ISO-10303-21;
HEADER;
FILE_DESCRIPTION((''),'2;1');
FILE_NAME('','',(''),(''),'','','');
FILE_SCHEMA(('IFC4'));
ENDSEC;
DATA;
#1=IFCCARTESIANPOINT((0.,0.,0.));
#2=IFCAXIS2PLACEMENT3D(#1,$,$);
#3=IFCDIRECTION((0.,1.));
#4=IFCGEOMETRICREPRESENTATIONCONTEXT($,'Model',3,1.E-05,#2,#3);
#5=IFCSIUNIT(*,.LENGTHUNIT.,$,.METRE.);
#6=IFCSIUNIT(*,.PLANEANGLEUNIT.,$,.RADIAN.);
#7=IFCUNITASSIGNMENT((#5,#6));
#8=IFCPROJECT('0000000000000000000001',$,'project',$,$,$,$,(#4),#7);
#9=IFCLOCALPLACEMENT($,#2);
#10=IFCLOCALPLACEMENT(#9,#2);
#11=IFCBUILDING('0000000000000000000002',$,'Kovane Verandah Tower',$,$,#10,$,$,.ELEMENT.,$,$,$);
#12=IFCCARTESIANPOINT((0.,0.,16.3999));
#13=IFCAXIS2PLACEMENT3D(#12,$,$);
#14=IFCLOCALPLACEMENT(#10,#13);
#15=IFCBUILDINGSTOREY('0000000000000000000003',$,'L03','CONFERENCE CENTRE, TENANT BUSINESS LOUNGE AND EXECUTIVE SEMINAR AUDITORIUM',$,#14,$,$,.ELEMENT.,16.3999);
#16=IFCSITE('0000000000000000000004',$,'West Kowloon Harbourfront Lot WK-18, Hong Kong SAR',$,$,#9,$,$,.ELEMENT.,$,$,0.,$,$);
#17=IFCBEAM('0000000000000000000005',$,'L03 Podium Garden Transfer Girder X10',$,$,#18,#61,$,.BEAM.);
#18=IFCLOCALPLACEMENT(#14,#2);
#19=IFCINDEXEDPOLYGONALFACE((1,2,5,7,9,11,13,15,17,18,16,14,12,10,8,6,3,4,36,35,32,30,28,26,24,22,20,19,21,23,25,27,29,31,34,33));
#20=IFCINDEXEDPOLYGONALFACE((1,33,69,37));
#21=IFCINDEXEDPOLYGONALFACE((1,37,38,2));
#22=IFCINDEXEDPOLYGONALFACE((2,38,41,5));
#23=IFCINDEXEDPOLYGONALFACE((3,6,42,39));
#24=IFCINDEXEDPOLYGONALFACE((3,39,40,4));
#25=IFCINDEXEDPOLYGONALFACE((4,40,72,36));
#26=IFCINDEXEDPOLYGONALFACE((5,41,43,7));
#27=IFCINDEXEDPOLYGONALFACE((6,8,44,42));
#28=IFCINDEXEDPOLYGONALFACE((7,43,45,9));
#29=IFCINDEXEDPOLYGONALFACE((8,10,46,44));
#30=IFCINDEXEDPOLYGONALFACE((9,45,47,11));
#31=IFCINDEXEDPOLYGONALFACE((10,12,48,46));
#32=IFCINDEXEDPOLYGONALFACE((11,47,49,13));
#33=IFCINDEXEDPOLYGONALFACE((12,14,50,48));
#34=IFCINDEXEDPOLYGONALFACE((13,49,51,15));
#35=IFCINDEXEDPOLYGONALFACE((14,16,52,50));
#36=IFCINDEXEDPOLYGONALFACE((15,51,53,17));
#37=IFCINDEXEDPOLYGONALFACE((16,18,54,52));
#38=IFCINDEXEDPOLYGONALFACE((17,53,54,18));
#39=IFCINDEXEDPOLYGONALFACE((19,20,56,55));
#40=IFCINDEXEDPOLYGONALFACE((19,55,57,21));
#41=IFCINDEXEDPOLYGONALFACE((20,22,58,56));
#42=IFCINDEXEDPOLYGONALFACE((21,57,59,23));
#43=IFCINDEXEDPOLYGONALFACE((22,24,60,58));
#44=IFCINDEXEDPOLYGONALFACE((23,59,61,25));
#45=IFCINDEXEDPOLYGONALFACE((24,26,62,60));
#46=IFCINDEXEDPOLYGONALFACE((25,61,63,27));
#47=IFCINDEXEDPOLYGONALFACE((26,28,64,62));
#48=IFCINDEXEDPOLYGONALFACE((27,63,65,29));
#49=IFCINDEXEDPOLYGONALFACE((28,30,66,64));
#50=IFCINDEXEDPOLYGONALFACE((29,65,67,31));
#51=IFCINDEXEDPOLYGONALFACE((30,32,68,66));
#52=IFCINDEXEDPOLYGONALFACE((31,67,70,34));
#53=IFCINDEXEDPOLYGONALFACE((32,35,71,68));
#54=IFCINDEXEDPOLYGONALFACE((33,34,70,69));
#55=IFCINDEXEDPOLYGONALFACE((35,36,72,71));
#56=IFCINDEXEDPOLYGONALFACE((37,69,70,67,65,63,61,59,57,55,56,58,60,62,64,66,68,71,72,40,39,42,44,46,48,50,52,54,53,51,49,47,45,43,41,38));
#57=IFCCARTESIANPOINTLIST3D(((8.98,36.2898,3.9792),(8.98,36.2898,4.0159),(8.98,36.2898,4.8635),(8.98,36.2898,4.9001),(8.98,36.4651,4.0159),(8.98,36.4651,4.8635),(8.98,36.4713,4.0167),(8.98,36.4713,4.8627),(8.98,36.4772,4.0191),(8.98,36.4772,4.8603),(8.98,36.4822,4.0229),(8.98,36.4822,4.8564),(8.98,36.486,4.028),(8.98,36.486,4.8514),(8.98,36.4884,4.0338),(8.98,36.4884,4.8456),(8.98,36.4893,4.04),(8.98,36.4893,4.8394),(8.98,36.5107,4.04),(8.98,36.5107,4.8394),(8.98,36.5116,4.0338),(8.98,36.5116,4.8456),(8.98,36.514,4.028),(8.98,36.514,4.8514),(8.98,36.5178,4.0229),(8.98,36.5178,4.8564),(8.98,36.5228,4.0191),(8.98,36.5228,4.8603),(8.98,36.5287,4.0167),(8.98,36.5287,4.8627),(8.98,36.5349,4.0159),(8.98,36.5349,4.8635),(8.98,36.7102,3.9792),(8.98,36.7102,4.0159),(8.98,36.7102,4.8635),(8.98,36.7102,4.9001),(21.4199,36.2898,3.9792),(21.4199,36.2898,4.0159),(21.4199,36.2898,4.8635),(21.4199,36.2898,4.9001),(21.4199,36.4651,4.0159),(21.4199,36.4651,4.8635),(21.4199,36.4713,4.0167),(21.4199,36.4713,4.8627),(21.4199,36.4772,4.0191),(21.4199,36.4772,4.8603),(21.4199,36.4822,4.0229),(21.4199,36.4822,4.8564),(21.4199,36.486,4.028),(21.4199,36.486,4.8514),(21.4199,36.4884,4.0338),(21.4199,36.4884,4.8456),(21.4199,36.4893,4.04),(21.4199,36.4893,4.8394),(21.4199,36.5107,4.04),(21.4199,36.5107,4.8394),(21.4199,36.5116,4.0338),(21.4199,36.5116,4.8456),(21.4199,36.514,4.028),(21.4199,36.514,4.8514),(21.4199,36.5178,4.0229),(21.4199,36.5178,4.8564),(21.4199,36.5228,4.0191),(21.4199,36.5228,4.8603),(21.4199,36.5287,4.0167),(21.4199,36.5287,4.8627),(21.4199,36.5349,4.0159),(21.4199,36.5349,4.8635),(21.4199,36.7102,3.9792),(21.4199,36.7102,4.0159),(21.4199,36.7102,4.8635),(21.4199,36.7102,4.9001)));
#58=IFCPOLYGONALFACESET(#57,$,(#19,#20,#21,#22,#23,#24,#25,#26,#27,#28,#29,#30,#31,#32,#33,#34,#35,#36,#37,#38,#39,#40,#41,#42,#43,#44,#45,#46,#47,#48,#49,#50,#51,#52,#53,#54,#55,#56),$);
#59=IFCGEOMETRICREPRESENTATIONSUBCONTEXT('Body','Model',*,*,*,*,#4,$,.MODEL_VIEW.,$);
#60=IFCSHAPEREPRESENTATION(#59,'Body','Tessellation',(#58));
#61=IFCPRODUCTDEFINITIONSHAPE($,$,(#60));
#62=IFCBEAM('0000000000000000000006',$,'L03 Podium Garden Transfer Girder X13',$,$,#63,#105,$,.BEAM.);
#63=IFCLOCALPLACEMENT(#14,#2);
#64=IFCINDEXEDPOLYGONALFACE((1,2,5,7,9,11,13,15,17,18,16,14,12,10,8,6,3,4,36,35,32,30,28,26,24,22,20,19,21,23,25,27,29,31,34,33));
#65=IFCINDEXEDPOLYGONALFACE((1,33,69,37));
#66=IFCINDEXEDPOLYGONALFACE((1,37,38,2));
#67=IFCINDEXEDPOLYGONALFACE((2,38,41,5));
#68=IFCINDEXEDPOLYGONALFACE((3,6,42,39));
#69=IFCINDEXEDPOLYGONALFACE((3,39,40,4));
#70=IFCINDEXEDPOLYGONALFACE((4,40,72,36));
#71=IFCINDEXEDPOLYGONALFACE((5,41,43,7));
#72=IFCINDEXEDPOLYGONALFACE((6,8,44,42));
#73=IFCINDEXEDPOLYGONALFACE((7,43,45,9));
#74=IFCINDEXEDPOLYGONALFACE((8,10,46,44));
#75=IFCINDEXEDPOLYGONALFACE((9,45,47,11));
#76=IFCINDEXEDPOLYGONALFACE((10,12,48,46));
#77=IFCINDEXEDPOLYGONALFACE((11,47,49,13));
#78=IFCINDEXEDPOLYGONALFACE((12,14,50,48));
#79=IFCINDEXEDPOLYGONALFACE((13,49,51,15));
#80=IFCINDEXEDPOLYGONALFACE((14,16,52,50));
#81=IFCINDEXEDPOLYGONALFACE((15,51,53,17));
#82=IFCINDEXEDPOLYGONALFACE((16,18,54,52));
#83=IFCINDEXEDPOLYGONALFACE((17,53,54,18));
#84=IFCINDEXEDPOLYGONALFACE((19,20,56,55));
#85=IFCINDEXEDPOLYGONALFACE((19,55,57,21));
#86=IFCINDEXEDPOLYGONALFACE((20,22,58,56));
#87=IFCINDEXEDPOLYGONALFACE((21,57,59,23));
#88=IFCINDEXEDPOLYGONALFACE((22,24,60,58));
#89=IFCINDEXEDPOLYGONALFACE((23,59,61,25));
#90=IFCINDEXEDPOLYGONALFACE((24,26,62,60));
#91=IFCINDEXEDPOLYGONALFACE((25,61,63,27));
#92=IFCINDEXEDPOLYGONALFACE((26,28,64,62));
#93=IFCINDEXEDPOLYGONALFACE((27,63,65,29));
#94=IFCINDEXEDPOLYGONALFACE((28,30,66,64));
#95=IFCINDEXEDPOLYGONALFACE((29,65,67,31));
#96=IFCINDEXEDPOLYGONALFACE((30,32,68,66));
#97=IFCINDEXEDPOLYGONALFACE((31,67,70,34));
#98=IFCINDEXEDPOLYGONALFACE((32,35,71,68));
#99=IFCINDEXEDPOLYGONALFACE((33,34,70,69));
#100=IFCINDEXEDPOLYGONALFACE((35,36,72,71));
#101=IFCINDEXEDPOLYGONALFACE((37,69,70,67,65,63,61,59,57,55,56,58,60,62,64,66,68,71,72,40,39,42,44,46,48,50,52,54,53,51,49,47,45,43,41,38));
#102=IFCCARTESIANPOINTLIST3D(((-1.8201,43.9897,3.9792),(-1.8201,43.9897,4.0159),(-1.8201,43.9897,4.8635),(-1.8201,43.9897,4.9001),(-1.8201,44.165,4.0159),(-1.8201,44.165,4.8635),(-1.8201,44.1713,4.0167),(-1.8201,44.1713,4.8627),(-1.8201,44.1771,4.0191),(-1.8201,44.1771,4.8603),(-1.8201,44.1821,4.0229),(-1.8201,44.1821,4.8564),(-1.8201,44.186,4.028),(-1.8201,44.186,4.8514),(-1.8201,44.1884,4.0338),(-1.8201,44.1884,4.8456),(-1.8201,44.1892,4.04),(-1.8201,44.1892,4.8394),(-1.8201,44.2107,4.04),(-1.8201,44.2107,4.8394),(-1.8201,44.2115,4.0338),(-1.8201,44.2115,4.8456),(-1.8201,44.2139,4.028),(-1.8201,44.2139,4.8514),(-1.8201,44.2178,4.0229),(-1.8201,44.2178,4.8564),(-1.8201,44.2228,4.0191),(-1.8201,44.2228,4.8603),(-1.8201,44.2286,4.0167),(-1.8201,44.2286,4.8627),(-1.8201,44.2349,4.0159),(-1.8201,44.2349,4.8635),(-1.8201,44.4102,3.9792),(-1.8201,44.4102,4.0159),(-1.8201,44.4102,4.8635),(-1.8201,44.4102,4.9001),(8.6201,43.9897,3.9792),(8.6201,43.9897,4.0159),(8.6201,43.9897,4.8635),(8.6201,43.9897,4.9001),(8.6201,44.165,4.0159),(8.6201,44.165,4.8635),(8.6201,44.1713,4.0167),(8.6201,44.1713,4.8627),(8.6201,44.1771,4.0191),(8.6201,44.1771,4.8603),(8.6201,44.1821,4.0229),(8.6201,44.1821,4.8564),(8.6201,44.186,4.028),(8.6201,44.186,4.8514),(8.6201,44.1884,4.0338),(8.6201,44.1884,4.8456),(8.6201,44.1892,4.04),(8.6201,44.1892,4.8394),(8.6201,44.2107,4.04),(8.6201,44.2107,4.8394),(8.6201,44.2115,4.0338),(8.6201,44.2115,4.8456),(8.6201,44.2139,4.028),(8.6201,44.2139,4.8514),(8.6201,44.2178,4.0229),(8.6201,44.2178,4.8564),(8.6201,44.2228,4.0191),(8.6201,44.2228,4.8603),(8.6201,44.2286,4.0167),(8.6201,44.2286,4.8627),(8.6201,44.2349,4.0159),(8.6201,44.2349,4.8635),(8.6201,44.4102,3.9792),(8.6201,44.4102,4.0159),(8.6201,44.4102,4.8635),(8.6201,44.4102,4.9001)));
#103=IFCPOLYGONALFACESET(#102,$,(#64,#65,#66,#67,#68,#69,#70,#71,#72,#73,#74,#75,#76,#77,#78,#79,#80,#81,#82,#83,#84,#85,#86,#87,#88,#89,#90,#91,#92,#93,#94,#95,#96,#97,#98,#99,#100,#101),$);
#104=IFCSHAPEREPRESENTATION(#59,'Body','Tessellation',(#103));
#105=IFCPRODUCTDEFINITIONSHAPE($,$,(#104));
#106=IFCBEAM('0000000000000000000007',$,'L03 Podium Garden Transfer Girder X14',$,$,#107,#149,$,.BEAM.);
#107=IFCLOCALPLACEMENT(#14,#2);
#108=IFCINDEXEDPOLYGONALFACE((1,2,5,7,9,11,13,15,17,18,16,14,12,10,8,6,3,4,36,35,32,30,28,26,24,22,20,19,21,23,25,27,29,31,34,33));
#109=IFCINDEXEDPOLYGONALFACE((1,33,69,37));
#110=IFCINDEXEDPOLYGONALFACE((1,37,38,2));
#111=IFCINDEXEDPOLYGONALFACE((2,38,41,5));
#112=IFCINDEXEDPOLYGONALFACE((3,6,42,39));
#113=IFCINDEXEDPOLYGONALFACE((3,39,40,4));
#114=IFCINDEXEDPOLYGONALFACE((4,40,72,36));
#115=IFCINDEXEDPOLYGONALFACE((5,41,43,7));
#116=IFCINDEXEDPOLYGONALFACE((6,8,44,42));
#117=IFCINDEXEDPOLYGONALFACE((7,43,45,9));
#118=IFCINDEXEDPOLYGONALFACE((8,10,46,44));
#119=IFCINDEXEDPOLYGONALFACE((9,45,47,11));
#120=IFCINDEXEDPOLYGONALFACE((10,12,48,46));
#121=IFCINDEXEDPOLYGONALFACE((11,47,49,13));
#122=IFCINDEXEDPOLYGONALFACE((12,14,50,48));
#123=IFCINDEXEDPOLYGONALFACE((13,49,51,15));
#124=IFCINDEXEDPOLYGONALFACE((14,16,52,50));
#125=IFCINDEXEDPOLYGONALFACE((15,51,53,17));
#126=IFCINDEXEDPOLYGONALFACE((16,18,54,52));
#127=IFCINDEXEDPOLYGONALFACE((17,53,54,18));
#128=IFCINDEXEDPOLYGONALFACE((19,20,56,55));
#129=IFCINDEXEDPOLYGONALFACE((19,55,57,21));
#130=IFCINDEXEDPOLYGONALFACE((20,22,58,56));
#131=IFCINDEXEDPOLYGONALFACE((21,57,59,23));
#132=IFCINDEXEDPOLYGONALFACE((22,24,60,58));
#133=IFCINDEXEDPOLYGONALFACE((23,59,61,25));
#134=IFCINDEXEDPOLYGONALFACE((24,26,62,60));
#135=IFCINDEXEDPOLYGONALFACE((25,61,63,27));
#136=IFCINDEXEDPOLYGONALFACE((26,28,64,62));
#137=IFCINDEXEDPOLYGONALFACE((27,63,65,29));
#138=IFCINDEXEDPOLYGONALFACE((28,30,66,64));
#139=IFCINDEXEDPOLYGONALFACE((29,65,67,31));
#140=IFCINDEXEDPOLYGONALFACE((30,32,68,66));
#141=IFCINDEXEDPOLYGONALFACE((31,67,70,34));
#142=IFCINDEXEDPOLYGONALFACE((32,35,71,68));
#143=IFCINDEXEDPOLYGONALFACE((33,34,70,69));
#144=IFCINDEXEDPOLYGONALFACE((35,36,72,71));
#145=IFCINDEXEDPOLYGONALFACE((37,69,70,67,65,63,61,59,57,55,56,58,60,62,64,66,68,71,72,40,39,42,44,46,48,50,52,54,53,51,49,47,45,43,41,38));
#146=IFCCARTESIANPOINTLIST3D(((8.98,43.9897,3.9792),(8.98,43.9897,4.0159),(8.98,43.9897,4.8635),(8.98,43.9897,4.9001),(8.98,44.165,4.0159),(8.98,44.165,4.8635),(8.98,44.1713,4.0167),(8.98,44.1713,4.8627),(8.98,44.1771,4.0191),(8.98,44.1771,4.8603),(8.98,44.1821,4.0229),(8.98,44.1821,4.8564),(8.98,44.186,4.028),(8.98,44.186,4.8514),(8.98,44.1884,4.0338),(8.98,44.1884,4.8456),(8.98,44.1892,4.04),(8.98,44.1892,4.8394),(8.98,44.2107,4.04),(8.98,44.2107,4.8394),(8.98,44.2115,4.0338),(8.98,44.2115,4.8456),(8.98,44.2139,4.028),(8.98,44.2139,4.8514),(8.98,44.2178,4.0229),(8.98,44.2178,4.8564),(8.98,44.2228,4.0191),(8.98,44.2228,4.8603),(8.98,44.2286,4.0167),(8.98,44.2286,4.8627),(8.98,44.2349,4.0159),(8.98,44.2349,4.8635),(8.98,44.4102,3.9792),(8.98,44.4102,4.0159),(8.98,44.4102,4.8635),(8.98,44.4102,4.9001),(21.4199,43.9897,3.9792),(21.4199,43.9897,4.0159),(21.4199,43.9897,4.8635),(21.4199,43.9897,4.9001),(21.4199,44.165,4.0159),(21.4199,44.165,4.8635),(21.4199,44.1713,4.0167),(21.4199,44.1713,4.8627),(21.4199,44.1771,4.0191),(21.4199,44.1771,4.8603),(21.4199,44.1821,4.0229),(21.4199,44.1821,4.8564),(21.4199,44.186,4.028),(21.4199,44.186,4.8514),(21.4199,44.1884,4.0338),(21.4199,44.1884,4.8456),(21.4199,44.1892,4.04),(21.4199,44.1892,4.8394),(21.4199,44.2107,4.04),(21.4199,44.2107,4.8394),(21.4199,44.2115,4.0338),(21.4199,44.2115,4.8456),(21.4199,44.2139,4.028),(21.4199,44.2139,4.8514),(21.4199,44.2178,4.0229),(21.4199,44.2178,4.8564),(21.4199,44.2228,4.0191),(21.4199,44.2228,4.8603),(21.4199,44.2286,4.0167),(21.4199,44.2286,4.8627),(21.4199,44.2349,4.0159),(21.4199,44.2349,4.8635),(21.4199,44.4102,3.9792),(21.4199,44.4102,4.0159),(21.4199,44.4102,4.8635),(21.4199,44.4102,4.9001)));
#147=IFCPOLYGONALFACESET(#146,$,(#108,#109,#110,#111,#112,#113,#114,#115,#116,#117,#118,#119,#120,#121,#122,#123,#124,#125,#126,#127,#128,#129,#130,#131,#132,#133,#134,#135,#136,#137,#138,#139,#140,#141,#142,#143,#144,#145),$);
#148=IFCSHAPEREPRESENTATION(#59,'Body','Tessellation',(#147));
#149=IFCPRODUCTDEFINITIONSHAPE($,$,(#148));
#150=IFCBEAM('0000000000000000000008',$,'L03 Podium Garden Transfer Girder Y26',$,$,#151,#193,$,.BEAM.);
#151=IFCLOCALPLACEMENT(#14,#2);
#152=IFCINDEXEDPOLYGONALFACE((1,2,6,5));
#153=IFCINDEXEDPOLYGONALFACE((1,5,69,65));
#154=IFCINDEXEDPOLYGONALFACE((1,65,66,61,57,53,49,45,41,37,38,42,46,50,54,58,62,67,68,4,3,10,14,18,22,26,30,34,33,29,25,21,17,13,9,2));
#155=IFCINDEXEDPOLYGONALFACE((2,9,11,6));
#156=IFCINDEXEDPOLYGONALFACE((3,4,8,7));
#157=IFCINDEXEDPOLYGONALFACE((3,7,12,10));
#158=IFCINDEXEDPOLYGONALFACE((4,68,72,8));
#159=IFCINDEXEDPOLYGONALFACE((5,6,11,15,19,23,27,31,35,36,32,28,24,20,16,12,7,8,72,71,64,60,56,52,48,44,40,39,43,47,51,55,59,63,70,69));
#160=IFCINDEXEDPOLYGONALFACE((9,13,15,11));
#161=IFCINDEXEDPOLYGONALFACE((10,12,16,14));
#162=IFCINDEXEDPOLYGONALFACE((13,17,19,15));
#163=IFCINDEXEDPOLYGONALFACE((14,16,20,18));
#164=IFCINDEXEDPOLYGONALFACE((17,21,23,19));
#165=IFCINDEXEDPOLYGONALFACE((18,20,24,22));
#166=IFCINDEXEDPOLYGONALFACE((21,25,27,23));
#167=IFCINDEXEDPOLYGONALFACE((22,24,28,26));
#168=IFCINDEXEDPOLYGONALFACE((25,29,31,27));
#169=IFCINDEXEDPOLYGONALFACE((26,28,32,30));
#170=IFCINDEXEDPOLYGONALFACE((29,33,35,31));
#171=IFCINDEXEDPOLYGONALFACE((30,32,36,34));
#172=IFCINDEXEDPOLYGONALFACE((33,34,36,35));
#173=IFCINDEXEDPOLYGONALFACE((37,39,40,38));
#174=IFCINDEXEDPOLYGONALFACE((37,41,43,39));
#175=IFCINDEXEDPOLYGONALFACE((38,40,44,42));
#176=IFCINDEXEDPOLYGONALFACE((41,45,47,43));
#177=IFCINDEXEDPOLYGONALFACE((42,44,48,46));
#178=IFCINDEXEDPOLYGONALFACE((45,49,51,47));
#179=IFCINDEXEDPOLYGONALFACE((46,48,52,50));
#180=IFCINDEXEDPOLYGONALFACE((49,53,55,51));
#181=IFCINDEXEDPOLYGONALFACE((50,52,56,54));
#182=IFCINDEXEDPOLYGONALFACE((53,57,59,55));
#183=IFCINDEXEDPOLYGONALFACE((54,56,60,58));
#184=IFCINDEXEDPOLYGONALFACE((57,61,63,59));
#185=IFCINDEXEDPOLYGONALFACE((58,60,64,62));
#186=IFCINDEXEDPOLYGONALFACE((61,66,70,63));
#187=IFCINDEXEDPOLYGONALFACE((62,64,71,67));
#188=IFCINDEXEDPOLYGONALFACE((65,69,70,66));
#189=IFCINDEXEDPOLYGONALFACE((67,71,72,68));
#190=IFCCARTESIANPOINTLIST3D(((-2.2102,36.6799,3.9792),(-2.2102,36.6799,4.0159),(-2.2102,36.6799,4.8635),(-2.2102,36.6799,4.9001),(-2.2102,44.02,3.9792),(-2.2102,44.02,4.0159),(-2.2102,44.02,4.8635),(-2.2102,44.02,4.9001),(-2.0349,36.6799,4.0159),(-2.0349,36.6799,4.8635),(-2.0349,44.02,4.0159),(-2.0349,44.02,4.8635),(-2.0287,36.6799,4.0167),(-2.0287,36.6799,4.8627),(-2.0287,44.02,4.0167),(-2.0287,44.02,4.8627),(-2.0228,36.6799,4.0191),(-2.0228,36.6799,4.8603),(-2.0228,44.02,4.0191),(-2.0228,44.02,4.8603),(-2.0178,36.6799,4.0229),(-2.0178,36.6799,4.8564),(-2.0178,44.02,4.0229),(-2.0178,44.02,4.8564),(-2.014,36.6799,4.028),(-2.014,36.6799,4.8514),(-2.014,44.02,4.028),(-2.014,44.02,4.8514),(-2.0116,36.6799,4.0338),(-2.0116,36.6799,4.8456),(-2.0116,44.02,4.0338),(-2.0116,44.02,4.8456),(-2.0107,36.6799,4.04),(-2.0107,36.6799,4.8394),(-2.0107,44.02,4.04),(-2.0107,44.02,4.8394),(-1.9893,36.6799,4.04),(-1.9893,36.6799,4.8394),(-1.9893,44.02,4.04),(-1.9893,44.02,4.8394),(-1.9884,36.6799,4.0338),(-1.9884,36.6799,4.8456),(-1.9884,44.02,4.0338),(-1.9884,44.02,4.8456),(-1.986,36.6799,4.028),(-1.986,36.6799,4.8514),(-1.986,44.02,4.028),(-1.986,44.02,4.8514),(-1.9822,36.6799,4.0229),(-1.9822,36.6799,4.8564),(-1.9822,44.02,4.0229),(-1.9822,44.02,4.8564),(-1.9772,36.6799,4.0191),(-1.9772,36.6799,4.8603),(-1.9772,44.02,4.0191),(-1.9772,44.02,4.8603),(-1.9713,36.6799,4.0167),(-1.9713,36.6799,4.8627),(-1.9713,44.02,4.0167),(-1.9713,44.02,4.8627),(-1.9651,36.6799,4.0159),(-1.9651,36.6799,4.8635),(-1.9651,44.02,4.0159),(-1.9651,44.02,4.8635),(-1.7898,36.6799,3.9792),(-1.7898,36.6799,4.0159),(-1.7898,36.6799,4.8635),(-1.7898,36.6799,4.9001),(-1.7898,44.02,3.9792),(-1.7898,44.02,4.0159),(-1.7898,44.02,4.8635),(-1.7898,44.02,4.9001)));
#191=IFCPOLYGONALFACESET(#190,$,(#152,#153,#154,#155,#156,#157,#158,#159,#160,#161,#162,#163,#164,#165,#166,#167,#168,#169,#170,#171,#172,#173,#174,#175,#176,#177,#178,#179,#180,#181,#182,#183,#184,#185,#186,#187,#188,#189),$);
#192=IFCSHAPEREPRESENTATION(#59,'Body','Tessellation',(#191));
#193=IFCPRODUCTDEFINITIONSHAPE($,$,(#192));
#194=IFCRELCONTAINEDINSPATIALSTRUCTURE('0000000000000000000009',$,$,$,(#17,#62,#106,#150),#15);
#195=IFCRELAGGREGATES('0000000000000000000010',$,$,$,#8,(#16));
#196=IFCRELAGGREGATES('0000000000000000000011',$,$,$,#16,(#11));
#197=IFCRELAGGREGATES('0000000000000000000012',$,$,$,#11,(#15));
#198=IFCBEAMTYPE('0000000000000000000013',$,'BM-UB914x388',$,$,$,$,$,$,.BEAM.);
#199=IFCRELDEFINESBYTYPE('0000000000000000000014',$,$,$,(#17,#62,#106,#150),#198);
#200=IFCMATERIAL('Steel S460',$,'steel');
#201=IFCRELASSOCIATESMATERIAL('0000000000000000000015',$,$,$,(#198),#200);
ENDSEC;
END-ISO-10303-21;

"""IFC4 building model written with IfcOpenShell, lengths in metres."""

from ifc_helpers import new_model, si_unit, direction, frame, origin, origin_2d, place, context, subcontext, project, spatial, i_section, extrude, material, material_profile, profile_set, type_object, element, save


model = new_model("IFC4")

# Units and contexts
model_context = context("Model", 3, precision=1e-05, world=origin(), true_north=direction((0.0, 1.0)))
body_context = subcontext(model_context, "Body", "Model", "MODEL_VIEW")
ifc_project = project(units=[si_unit("LENGTHUNIT", "METRE"), si_unit("PLANEANGLEUNIT", "RADIAN")], contexts=[model_context])

# Site, building, storey
site_placement = place(None, origin())
site = spatial("IfcSite", under=ifc_project, at=site_placement, Name="West Kowloon Harbourfront Lot WK-18, Hong Kong SAR", CompositionType="ELEMENT", RefElevation=0.0)
building_placement = place(site_placement, origin())
building = spatial("IfcBuilding", under=site, at=building_placement, Name="Kovane Verandah Tower", CompositionType="ELEMENT")
storey_placement = place(building_placement, frame((0.0, 0.0, 16.3999)))
storey = spatial("IfcBuildingStorey", under=building, at=storey_placement, Name="L03", Description="CONFERENCE CENTRE, TENANT BUSINESS LOUNGE AND EXECUTIVE SEMINAR AUDITORIUM", CompositionType="ELEMENT", Elevation=16.3999)

# Beams
ifc_material_1 = material(Name="Steel S460", Category="steel")
ifc_material_profile_1 = material_profile(ifc_material_1, i_section(OverallWidth=0.4204, OverallDepth=0.9209, WebThickness=0.0215, FlangeThickness=0.0366, FilletRadius=0.0242, at=origin_2d()), Name="UB914x419x388")
ifc_profile_set_1 = profile_set([ifc_material_profile_1], Name="Steel S460")
beam_type = type_object("IfcBeamType", Name="BM-UB914x388", PredefinedType="BEAM", material=ifc_profile_set_1)
beam_1_placement = place(storey_placement, frame((8.98, 36.5, 4.4397), z_axis=(1.0, 0.0, 0.0), x_axis=(0.0, 1.0, 0.0)))
element("IfcBeam", 1, at=beam_1_placement, inside=storey, type_object=beam_type, Name="L03 Podium Garden Transfer Girder X10", PredefinedType="BEAM", context=body_context, shape_type="SweptSolid", body=[
    extrude(i_section(OverallWidth=0.4204, OverallDepth=0.9209, WebThickness=0.0215, FlangeThickness=0.0366, FilletRadius=0.0242, at=origin_2d()), origin(), (0.0, 0.0, 1.0), 12.4399),
])
beam_2_placement = place(storey_placement, frame((-1.8201, 44.2, 4.4397), z_axis=(1.0, 0.0, 0.0), x_axis=(0.0, 1.0, 0.0)))
element("IfcBeam", 2, at=beam_2_placement, inside=storey, type_object=beam_type, Name="L03 Podium Garden Transfer Girder X13", PredefinedType="BEAM", context=body_context, shape_type="SweptSolid", body=[
    extrude(i_section(OverallWidth=0.4204, OverallDepth=0.9209, WebThickness=0.0215, FlangeThickness=0.0366, FilletRadius=0.0242, at=origin_2d()), origin(), (0.0, 0.0, 1.0), 10.4402),
])
beam_3_placement = place(storey_placement, frame((8.98, 44.2, 4.4397), z_axis=(1.0, 0.0, 0.0), x_axis=(0.0, 1.0, 0.0)))
element("IfcBeam", 3, at=beam_3_placement, inside=storey, type_object=beam_type, Name="L03 Podium Garden Transfer Girder X14", PredefinedType="BEAM", context=body_context, shape_type="SweptSolid", body=[
    extrude(i_section(OverallWidth=0.4204, OverallDepth=0.9209, WebThickness=0.0215, FlangeThickness=0.0366, FilletRadius=0.0242, at=origin_2d()), origin(), (0.0, 0.0, 1.0), 12.4399),
])
beam_4_placement = place(storey_placement, frame((-2.0, 36.6799, 4.4397), z_axis=(0.0, 1.0, 0.0), x_axis=(-1.0, 0.0, 0.0)))
element("IfcBeam", 4, at=beam_4_placement, inside=storey, type_object=beam_type, Name="L03 Podium Garden Transfer Girder Y26", PredefinedType="BEAM", context=body_context, shape_type="SweptSolid", body=[
    extrude(i_section(OverallWidth=0.4204, OverallDepth=0.9209, WebThickness=0.0215, FlangeThickness=0.0366, FilletRadius=0.0242, at=origin_2d()), origin(), (0.0, 0.0, 1.0), 7.3401),
])

save(model, "model.ifc")
